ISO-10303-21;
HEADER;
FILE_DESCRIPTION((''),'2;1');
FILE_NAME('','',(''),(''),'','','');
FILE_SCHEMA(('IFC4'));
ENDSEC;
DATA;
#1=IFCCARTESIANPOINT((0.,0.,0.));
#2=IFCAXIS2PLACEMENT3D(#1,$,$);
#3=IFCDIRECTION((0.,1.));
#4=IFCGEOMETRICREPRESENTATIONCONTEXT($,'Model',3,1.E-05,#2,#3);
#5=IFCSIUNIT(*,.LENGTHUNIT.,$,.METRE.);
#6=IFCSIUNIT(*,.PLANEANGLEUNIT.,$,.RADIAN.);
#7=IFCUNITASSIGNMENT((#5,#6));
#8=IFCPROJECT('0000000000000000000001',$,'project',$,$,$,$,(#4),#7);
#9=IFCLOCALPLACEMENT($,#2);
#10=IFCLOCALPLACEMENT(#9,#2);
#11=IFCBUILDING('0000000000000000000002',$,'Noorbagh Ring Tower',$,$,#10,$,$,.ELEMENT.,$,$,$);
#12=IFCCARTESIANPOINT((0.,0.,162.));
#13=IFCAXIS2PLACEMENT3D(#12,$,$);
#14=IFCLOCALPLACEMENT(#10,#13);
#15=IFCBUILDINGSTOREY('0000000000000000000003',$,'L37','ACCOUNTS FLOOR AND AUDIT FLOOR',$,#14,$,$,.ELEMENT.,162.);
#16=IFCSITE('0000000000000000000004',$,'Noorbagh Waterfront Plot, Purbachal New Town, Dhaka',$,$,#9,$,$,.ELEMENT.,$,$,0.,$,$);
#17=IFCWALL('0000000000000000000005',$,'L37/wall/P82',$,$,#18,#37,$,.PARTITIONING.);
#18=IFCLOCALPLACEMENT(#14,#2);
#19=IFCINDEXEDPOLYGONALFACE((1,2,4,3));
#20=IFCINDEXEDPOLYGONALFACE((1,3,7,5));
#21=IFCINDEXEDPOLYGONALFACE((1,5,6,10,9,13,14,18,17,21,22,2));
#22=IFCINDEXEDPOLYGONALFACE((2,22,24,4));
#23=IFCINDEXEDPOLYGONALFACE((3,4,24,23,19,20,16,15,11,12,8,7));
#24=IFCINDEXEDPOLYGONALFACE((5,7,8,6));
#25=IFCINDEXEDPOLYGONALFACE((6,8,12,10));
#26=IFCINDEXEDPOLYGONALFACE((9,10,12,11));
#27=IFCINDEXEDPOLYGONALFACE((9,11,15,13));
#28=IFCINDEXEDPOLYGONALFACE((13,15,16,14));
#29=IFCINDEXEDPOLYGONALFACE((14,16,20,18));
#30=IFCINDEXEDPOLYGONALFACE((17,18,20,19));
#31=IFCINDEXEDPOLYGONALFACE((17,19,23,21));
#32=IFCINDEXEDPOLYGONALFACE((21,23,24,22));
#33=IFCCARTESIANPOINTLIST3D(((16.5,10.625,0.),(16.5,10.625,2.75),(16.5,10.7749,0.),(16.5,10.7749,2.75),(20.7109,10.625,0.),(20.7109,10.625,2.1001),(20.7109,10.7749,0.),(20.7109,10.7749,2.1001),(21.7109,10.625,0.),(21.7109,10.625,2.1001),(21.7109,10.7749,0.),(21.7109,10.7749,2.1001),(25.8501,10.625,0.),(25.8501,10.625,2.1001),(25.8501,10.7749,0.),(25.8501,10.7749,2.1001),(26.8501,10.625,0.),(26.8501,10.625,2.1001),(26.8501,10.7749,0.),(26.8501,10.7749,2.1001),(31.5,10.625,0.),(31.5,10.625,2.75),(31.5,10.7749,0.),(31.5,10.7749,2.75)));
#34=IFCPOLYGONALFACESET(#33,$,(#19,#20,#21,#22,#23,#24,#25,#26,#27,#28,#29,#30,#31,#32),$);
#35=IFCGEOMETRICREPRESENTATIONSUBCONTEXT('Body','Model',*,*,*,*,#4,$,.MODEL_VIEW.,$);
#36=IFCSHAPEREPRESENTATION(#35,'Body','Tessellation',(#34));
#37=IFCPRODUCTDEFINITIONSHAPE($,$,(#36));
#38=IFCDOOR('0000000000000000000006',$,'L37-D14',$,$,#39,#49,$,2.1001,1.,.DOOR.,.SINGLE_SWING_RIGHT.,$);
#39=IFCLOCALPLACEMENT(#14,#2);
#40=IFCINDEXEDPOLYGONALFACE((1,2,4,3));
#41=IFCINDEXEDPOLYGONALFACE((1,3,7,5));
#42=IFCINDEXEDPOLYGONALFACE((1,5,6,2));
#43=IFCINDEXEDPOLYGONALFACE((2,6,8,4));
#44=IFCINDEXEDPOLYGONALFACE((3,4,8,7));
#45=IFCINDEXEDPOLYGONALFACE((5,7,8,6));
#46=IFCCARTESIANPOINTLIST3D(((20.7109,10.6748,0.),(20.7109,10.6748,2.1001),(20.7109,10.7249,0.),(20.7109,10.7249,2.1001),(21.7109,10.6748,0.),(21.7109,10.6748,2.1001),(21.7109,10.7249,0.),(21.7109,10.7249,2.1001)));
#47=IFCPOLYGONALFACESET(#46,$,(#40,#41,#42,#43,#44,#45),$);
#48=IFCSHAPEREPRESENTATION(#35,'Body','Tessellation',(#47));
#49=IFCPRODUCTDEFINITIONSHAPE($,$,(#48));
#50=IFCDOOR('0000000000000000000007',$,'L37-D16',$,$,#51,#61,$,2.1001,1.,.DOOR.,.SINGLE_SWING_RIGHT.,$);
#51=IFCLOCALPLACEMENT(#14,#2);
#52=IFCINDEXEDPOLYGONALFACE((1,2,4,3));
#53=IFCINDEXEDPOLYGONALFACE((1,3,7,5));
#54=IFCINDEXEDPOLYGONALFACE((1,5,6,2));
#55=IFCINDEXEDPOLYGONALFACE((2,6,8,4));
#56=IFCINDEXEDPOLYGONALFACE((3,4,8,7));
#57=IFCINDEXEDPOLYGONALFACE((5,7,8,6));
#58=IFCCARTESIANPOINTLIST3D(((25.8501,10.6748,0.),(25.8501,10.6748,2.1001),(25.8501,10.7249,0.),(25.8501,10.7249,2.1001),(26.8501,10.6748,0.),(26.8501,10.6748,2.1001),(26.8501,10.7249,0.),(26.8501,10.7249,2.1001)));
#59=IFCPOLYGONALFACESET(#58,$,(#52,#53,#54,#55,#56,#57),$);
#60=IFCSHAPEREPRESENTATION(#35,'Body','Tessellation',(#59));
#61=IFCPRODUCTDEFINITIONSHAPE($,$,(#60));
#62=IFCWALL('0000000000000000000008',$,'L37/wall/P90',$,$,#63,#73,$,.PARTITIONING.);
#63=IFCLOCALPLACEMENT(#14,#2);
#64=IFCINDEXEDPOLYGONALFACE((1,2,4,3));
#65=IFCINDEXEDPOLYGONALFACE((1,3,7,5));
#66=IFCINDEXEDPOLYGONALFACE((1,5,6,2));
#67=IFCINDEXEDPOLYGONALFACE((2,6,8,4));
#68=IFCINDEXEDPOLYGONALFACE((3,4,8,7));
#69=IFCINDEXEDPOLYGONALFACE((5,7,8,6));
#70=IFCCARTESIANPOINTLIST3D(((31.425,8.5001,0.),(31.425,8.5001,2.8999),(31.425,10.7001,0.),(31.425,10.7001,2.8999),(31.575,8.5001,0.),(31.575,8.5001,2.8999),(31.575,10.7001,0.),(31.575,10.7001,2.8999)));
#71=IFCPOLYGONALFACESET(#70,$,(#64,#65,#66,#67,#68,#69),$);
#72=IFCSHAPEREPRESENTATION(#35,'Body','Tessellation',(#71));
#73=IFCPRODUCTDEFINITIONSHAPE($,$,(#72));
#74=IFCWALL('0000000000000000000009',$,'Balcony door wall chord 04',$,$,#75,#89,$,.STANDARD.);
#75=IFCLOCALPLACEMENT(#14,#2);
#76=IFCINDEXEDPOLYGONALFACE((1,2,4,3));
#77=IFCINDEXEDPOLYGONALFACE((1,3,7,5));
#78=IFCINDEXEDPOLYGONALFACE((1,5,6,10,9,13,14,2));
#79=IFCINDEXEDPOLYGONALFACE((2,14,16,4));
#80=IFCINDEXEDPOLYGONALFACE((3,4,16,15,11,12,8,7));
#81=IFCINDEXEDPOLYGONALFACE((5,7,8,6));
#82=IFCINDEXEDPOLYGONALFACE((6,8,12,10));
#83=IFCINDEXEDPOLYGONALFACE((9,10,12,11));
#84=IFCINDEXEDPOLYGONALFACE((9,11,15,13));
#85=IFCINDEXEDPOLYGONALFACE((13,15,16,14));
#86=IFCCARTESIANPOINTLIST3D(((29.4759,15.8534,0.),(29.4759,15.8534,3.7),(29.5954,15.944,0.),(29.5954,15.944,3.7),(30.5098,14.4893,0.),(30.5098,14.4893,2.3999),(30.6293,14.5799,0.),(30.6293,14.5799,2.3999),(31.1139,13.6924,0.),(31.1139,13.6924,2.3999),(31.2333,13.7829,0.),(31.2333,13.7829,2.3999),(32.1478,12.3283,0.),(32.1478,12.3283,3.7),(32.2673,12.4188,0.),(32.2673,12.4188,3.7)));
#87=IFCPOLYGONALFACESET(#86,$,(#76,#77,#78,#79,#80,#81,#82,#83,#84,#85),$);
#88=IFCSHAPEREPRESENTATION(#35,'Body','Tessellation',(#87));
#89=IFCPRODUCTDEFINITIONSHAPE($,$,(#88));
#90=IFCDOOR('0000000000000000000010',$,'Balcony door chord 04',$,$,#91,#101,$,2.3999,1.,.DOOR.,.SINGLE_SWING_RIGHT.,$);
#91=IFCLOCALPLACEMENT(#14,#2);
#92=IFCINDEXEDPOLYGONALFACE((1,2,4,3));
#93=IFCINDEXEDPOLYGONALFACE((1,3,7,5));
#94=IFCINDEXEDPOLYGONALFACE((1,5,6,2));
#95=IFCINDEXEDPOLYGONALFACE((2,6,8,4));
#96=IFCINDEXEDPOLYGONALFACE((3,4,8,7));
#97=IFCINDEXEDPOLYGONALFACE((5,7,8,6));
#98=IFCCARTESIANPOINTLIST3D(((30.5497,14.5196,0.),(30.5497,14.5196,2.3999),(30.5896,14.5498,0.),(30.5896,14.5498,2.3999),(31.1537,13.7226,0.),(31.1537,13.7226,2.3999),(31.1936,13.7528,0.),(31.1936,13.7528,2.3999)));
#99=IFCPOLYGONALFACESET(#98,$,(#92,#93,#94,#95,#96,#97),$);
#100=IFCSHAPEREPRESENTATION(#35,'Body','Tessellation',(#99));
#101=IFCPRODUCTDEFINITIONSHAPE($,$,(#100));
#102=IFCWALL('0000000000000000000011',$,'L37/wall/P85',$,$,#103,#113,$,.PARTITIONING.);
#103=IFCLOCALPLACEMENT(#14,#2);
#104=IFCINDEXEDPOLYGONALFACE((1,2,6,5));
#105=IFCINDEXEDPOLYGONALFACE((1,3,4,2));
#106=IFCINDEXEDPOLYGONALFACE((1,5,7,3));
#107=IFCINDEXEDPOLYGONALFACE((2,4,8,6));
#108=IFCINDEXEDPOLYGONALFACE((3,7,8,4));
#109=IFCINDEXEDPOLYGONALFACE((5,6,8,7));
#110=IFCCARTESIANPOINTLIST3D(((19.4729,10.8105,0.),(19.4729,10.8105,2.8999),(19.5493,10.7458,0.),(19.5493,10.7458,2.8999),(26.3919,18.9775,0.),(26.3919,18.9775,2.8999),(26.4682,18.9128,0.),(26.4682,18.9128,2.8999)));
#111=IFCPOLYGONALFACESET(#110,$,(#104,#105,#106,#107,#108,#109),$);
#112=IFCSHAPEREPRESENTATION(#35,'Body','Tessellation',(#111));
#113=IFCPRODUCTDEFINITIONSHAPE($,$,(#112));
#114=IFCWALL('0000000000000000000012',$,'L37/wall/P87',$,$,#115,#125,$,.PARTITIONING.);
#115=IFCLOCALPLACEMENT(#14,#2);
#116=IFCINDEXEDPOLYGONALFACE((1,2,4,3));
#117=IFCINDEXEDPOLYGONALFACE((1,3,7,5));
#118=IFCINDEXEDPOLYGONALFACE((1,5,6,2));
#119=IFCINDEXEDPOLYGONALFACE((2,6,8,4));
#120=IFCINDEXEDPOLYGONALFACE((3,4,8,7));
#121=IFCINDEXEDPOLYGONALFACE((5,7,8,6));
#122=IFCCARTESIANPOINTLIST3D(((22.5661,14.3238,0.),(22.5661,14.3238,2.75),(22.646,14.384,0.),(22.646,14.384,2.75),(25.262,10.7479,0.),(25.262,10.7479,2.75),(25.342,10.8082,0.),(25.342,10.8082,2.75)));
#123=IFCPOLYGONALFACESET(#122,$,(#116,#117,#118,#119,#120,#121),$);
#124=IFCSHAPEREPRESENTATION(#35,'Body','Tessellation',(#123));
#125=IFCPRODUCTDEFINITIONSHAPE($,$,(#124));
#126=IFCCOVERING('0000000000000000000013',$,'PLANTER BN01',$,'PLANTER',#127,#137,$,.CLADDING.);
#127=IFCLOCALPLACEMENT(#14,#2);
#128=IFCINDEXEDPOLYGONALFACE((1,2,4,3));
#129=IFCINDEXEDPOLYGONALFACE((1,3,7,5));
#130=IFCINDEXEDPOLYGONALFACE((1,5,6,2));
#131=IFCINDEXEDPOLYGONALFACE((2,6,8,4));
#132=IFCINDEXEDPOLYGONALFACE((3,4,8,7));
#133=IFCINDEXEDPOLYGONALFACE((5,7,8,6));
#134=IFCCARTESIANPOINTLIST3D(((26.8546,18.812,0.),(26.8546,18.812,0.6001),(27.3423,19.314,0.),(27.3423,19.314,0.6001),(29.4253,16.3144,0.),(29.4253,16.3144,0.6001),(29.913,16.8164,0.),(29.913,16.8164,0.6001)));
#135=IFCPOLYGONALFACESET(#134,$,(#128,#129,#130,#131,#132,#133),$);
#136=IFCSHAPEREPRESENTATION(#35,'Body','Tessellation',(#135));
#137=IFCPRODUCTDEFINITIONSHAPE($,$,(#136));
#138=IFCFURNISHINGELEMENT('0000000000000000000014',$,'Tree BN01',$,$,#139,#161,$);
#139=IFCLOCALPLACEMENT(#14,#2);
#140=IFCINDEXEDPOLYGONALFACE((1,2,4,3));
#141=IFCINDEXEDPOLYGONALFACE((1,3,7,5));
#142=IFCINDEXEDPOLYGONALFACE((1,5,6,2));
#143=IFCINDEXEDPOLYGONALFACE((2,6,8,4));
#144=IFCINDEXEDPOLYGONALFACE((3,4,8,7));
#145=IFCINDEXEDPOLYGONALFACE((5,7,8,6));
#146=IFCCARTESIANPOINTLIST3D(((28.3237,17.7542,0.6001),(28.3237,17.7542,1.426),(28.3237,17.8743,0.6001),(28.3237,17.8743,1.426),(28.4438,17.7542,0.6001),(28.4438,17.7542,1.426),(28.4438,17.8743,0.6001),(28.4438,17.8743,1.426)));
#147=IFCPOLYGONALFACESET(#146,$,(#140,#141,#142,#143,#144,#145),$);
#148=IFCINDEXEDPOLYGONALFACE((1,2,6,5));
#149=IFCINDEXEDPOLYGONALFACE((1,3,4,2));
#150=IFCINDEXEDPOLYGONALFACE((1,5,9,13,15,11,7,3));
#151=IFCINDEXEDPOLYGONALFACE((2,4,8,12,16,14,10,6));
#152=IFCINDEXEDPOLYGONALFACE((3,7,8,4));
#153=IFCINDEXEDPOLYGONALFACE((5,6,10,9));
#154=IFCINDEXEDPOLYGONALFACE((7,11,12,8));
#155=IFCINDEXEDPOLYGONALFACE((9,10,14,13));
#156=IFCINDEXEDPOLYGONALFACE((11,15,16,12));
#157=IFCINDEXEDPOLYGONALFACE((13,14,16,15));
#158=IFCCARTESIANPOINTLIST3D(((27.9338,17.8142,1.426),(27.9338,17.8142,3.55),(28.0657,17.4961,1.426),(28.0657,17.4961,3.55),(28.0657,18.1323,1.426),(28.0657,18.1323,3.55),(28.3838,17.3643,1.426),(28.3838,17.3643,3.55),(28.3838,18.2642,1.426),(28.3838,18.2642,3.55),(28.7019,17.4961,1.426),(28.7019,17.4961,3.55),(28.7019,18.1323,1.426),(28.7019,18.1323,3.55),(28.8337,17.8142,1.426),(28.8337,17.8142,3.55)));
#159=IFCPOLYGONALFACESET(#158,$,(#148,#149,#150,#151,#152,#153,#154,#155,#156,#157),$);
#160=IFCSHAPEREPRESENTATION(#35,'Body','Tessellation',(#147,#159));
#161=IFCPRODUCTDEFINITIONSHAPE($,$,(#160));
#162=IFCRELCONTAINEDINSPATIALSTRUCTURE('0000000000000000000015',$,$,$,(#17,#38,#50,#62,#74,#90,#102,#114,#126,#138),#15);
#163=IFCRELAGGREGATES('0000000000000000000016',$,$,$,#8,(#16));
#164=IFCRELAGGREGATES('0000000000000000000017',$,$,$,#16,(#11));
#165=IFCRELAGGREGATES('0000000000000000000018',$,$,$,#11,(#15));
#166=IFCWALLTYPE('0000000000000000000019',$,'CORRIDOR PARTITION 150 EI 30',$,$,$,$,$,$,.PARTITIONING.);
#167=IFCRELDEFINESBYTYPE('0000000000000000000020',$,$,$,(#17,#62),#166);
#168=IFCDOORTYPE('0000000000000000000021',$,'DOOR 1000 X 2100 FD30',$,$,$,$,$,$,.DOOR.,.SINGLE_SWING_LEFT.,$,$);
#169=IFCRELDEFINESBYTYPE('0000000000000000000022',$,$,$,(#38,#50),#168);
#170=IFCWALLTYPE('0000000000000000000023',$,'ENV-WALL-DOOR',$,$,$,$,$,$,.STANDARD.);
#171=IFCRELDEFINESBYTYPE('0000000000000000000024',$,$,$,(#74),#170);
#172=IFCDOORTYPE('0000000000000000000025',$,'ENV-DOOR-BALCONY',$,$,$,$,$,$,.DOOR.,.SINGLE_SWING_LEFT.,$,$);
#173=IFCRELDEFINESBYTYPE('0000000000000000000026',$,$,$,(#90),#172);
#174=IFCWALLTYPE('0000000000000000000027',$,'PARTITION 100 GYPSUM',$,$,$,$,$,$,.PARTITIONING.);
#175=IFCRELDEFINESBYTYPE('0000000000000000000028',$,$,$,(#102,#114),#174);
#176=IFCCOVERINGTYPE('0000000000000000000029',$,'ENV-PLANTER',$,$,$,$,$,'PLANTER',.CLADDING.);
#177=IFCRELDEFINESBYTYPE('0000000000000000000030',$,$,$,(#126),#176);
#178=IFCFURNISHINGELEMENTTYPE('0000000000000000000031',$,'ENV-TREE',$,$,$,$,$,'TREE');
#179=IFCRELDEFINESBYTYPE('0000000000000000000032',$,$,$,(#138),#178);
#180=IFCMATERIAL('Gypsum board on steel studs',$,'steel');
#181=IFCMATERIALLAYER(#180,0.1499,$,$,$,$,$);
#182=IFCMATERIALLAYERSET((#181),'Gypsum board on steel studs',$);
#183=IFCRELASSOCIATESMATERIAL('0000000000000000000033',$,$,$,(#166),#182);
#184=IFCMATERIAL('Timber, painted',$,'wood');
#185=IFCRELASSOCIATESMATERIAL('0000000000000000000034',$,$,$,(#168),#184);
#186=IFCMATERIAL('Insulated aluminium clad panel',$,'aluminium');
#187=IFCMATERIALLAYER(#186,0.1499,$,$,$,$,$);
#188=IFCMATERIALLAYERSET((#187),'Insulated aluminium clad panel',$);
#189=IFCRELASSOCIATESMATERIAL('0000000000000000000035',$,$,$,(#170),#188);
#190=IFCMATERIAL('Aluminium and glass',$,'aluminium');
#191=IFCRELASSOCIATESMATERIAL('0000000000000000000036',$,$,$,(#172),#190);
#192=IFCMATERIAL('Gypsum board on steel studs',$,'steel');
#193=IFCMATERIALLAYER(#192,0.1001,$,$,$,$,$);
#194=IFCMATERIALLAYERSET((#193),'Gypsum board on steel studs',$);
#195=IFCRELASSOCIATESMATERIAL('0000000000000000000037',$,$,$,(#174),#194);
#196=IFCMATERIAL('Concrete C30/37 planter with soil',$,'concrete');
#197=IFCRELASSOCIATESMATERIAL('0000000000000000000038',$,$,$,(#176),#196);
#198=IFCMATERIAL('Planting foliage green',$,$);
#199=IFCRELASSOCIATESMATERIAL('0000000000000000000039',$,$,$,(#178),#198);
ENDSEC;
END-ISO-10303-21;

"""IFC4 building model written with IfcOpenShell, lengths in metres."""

from ifc_helpers import new_model, si_unit, direction, frame, frame_2d, origin, origin_2d, place, context, subcontext, project, spatial, polyline, rectangle, outline, extrude, material, layer, layer_set, type_object, element, fill, save


model = new_model("IFC4")

# Units and contexts
model_context = context("Model", 3, precision=1e-05, world=origin(), true_north=direction((0.0, 1.0)))
body_context = subcontext(model_context, "Body", "Model", "MODEL_VIEW")
ifc_project = project(units=[si_unit("LENGTHUNIT", "METRE"), si_unit("PLANEANGLEUNIT", "RADIAN")], contexts=[model_context])

# Site, building, storey
site_placement = place(None, origin())
site = spatial("IfcSite", under=ifc_project, at=site_placement, Name="Noorbagh Waterfront Plot, Purbachal New Town, Dhaka", CompositionType="ELEMENT", RefElevation=0.0)
building_placement = place(site_placement, origin())
building = spatial("IfcBuilding", under=site, at=building_placement, Name="Noorbagh Ring Tower", CompositionType="ELEMENT")
storey_placement = place(building_placement, frame((0.0, 0.0, 162.0)))
storey = spatial("IfcBuildingStorey", under=building, at=storey_placement, Name="L37", Description="ACCOUNTS FLOOR AND AUDIT FLOOR", CompositionType="ELEMENT", Elevation=162.0)

# Shared definitions
ifc_material_1 = material(Name="Gypsum board on steel studs", Category="steel")
ifc_layer_1 = layer(ifc_material_1, 0.1499)
ifc_layer_set_1 = layer_set([ifc_layer_1], Name="Gypsum board on steel studs")
wall_type_1 = type_object("IfcWallType", Name="CORRIDOR PARTITION 150 EI 30", PredefinedType="PARTITIONING", material=ifc_layer_set_1)

# Wall, openings, doors
wall_1_placement = place(storey_placement, frame((16.5, 10.7, 0.0), z_axis=(0.0, 0.0, 1.0), x_axis=(1.0, 0.0, 0.0)))
wall_1 = element("IfcWall", 1, at=wall_1_placement, inside=storey, type_object=wall_type_1, Name="L37/wall/P82", PredefinedType="PARTITIONING", context=body_context, shape_type="SweptSolid", body=[
    extrude(rectangle(XDim=15.0, YDim=0.1499, at=frame_2d((7.5, 0.0))), origin(), (0.0, 0.0, 1.0), 2.75),
])
opening_1_placement = place(wall_1_placement, frame((4.2109, 0.0, 0.0)))
opening_1 = element("IfcOpeningElement", 2, at=opening_1_placement, cuts=wall_1, PredefinedType="OPENING", context=body_context, shape_type="SweptSolid", body=[
    extrude(rectangle(XDim=1.0, YDim=2.1001, at=frame_2d((0.5, 1.05))), frame((0.0, 0.085, 0.0), z_axis=(0.0, -1.0, 0.0), x_axis=(1.0, 0.0, 0.0)), (0.0, 0.0, 1.0), 0.1699),
])
opening_2_placement = place(wall_1_placement, frame((9.3501, 0.0, 0.0)))
opening_2 = element("IfcOpeningElement", 3, at=opening_2_placement, cuts=wall_1, PredefinedType="OPENING", context=body_context, shape_type="SweptSolid", body=[
    extrude(rectangle(XDim=1.0, YDim=2.1001, at=frame_2d((0.5, 1.05))), frame((0.0, 0.085, 0.0), z_axis=(0.0, -1.0, 0.0), x_axis=(1.0, 0.0, 0.0)), (0.0, 0.0, 1.0), 0.1699),
])
ifc_material_2 = material(Name="Timber, painted", Category="wood")
door_type_1 = type_object("IfcDoorType", Name="DOOR 1000 X 2100 FD30", OperationType="SINGLE_SWING_LEFT", PredefinedType="DOOR", material=ifc_material_2)
door_1_placement = place(opening_1_placement, origin())
door_1 = element("IfcDoor", 4, at=door_1_placement, inside=storey, type_object=door_type_1, Name="L37-D14", OperationType="SINGLE_SWING_RIGHT", OverallHeight=2.1001, OverallWidth=1.0, PredefinedType="DOOR", context=body_context, shape_type="SweptSolid", body=[
    extrude(rectangle(XDim=1.0, YDim=2.1001, at=frame_2d((0.5, 1.05))), frame((0.0, 0.0249, 0.0), z_axis=(0.0, -1.0, 0.0), x_axis=(1.0, 0.0, 0.0)), (0.0, 0.0, 1.0), 0.05),
])
fill(opening_1, door_1)
door_2_placement = place(opening_2_placement, origin())
door_2 = element("IfcDoor", 5, at=door_2_placement, inside=storey, type_object=door_type_1, Name="L37-D16", OperationType="SINGLE_SWING_RIGHT", OverallHeight=2.1001, OverallWidth=1.0, PredefinedType="DOOR", context=body_context, shape_type="SweptSolid", body=[
    extrude(rectangle(XDim=1.0, YDim=2.1001, at=frame_2d((0.5, 1.05))), frame((0.0, 0.0249, 0.0), z_axis=(0.0, -1.0, 0.0), x_axis=(1.0, 0.0, 0.0)), (0.0, 0.0, 1.0), 0.05),
])
fill(opening_2, door_2)

# Wall
wall_2_placement = place(storey_placement, frame((31.5, 8.5, 0.0), z_axis=(0.0, 0.0, 1.0), x_axis=(0.0, 1.0, 0.0)))
element("IfcWall", 6, at=wall_2_placement, inside=storey, type_object=wall_type_1, Name="L37/wall/P90", PredefinedType="PARTITIONING", context=body_context, shape_type="SweptSolid", body=[
    extrude(rectangle(XDim=2.2, YDim=0.1499, at=frame_2d((1.1001, 0.0))), origin(), (0.0, 0.0, 1.0), 2.8999),
])

# Wall, opening, door
ifc_material_3 = material(Name="Insulated aluminium clad panel", Category="aluminium")
ifc_layer_2 = layer(ifc_material_3, 0.1499)
ifc_layer_set_2 = layer_set([ifc_layer_2], Name="Insulated aluminium clad panel")
wall_type_2 = type_object("IfcWallType", Name="ENV-WALL-DOOR", PredefinedType="STANDARD", material=ifc_layer_set_2)
wall_3_placement = place(storey_placement, frame((32.2075, 12.3735, 0.0), z_axis=(0.0, 0.0, 1.0), x_axis=(-0.604046, 0.79695, 0.0)))
wall_3 = element("IfcWall", 7, at=wall_3_placement, inside=storey, type_object=wall_type_2, Name="Balcony door wall chord 04", PredefinedType="STANDARD", context=body_context, shape_type="SweptSolid", body=[
    extrude(rectangle(XDim=4.4233, YDim=0.1499, at=frame_2d((2.2117, 0.0))), origin(), (0.0, 0.0, 1.0), 3.7),
])
opening_3_placement = place(wall_3_placement, frame((1.7117, 0.0, 0.0)))
opening_3 = element("IfcOpeningElement", 8, at=opening_3_placement, cuts=wall_3, PredefinedType="OPENING", context=body_context, shape_type="SweptSolid", body=[
    extrude(rectangle(XDim=1.0, YDim=2.3999, at=frame_2d((0.5, 1.2))), frame((0.0, 0.085, 0.0), z_axis=(0.0, -1.0, 0.0), x_axis=(1.0, 0.0, 0.0)), (0.0, 0.0, 1.0), 0.1699),
])
ifc_material_4 = material(Name="Aluminium and glass", Category="aluminium")
door_type_2 = type_object("IfcDoorType", Name="ENV-DOOR-BALCONY", OperationType="SINGLE_SWING_LEFT", PredefinedType="DOOR", material=ifc_material_4)
door_3_placement = place(opening_3_placement, origin())
door_3 = element("IfcDoor", 9, at=door_3_placement, inside=storey, type_object=door_type_2, Name="Balcony door chord 04", OperationType="SINGLE_SWING_RIGHT", OverallHeight=2.3999, OverallWidth=1.0, PredefinedType="DOOR", context=body_context, shape_type="SweptSolid", body=[
    extrude(rectangle(XDim=1.0, YDim=2.3999, at=frame_2d((0.5, 1.2))), frame((0.0, 0.0249, 0.0), z_axis=(0.0, -1.0, 0.0), x_axis=(1.0, 0.0, 0.0)), (0.0, 0.0, 1.0), 0.05),
])
fill(opening_3, door_3)

# Walls
ifc_material_5 = material(Name="Gypsum board on steel studs", Category="steel")
ifc_layer_3 = layer(ifc_material_5, 0.1001)
ifc_layer_set_3 = layer_set([ifc_layer_3], Name="Gypsum board on steel studs")
wall_type_3 = type_object("IfcWallType", Name="PARTITION 100 GYPSUM", PredefinedType="PARTITIONING", material=ifc_layer_set_3)
wall_4_placement = place(storey_placement, frame((19.511, 10.7781, 0.0), z_axis=(0.0, 0.0, 1.0), x_axis=(0.6464, 0.762999, 0.0)))
element("IfcWall", 10, at=wall_4_placement, inside=storey, type_object=wall_type_3, Name="L37/wall/P85", PredefinedType="PARTITIONING", context=body_context, shape_type="SweptSolid", body=[
    extrude(rectangle(XDim=10.7039, YDim=0.1001, at=frame_2d((5.3521, 0.0))), origin(), (0.0, 0.0, 1.0), 2.8999),
])
wall_5_placement = place(storey_placement, frame((22.606, 14.354, 0.0), z_axis=(0.0, 0.0, 1.0), x_axis=(0.602013, -0.798486, 0.0)))
element("IfcWall", 11, at=wall_5_placement, inside=storey, type_object=wall_type_3, Name="L37/wall/P87", PredefinedType="PARTITIONING", context=body_context, shape_type="SweptSolid", body=[
    extrude(rectangle(XDim=4.4783, YDim=0.1001, at=frame_2d((2.2393, 0.0))), origin(), (0.0, 0.0, 1.0), 2.75),
])

# Covering
ifc_material_6 = material(Name="Concrete C30/37 planter with soil", Category="concrete")
covering_type = type_object("IfcCoveringType", Name="ENV-PLANTER", ElementType="PLANTER", PredefinedType="CLADDING", material=ifc_material_6)
covering_placement = place(storey_placement, frame((28.3838, 17.8142, 0.0), z_axis=(0.0, 0.0, 1.0), x_axis=(-0.717225, 0.696842, 0.0)))
element("IfcCovering", 12, at=covering_placement, inside=storey, type_object=covering_type, Name="PLANTER BN01", ObjectType="PLANTER", PredefinedType="CLADDING", context=body_context, shape_type="SweptSolid", body=[
    extrude(rectangle(XDim=3.5842, YDim=0.7, at=origin_2d()), origin(), (0.0, 0.0, 1.0), 0.6001),
])

# Furnishing element
ifc_material_7 = material(Name="Planting foliage green")
furnishing_element_type = type_object("IfcFurnishingElementType", Name="ENV-TREE", ElementType="TREE", material=ifc_material_7)
furnishing_placement = place(storey_placement, frame((28.3838, 17.8142, 0.6001), z_axis=(0.0, 0.0, 1.0), x_axis=(1.0, 0.0, 0.0)))
element("IfcFurnishingElement", 13, at=furnishing_placement, inside=storey, type_object=furnishing_element_type, Name="Tree BN01", context=body_context, shape_type="SweptSolid", body=[
    extrude(rectangle(XDim=0.1201, YDim=0.1201, at=origin_2d()), origin(), (0.0, 0.0, 1.0), 0.8259),
    extrude(outline(polyline([(0.45, 0.0), (0.3181, 0.3181), (0.0, 0.45), (-0.3181, 0.3181), (-0.45, 0.0), (-0.3181, -0.3181), (0.0, -0.45), (0.3181, -0.3181), (0.45, 0.0)])), frame((0.0, 0.0, 0.8259)), (0.0, 0.0, 1.0), 2.124),
])

save(model, "model.ifc")
